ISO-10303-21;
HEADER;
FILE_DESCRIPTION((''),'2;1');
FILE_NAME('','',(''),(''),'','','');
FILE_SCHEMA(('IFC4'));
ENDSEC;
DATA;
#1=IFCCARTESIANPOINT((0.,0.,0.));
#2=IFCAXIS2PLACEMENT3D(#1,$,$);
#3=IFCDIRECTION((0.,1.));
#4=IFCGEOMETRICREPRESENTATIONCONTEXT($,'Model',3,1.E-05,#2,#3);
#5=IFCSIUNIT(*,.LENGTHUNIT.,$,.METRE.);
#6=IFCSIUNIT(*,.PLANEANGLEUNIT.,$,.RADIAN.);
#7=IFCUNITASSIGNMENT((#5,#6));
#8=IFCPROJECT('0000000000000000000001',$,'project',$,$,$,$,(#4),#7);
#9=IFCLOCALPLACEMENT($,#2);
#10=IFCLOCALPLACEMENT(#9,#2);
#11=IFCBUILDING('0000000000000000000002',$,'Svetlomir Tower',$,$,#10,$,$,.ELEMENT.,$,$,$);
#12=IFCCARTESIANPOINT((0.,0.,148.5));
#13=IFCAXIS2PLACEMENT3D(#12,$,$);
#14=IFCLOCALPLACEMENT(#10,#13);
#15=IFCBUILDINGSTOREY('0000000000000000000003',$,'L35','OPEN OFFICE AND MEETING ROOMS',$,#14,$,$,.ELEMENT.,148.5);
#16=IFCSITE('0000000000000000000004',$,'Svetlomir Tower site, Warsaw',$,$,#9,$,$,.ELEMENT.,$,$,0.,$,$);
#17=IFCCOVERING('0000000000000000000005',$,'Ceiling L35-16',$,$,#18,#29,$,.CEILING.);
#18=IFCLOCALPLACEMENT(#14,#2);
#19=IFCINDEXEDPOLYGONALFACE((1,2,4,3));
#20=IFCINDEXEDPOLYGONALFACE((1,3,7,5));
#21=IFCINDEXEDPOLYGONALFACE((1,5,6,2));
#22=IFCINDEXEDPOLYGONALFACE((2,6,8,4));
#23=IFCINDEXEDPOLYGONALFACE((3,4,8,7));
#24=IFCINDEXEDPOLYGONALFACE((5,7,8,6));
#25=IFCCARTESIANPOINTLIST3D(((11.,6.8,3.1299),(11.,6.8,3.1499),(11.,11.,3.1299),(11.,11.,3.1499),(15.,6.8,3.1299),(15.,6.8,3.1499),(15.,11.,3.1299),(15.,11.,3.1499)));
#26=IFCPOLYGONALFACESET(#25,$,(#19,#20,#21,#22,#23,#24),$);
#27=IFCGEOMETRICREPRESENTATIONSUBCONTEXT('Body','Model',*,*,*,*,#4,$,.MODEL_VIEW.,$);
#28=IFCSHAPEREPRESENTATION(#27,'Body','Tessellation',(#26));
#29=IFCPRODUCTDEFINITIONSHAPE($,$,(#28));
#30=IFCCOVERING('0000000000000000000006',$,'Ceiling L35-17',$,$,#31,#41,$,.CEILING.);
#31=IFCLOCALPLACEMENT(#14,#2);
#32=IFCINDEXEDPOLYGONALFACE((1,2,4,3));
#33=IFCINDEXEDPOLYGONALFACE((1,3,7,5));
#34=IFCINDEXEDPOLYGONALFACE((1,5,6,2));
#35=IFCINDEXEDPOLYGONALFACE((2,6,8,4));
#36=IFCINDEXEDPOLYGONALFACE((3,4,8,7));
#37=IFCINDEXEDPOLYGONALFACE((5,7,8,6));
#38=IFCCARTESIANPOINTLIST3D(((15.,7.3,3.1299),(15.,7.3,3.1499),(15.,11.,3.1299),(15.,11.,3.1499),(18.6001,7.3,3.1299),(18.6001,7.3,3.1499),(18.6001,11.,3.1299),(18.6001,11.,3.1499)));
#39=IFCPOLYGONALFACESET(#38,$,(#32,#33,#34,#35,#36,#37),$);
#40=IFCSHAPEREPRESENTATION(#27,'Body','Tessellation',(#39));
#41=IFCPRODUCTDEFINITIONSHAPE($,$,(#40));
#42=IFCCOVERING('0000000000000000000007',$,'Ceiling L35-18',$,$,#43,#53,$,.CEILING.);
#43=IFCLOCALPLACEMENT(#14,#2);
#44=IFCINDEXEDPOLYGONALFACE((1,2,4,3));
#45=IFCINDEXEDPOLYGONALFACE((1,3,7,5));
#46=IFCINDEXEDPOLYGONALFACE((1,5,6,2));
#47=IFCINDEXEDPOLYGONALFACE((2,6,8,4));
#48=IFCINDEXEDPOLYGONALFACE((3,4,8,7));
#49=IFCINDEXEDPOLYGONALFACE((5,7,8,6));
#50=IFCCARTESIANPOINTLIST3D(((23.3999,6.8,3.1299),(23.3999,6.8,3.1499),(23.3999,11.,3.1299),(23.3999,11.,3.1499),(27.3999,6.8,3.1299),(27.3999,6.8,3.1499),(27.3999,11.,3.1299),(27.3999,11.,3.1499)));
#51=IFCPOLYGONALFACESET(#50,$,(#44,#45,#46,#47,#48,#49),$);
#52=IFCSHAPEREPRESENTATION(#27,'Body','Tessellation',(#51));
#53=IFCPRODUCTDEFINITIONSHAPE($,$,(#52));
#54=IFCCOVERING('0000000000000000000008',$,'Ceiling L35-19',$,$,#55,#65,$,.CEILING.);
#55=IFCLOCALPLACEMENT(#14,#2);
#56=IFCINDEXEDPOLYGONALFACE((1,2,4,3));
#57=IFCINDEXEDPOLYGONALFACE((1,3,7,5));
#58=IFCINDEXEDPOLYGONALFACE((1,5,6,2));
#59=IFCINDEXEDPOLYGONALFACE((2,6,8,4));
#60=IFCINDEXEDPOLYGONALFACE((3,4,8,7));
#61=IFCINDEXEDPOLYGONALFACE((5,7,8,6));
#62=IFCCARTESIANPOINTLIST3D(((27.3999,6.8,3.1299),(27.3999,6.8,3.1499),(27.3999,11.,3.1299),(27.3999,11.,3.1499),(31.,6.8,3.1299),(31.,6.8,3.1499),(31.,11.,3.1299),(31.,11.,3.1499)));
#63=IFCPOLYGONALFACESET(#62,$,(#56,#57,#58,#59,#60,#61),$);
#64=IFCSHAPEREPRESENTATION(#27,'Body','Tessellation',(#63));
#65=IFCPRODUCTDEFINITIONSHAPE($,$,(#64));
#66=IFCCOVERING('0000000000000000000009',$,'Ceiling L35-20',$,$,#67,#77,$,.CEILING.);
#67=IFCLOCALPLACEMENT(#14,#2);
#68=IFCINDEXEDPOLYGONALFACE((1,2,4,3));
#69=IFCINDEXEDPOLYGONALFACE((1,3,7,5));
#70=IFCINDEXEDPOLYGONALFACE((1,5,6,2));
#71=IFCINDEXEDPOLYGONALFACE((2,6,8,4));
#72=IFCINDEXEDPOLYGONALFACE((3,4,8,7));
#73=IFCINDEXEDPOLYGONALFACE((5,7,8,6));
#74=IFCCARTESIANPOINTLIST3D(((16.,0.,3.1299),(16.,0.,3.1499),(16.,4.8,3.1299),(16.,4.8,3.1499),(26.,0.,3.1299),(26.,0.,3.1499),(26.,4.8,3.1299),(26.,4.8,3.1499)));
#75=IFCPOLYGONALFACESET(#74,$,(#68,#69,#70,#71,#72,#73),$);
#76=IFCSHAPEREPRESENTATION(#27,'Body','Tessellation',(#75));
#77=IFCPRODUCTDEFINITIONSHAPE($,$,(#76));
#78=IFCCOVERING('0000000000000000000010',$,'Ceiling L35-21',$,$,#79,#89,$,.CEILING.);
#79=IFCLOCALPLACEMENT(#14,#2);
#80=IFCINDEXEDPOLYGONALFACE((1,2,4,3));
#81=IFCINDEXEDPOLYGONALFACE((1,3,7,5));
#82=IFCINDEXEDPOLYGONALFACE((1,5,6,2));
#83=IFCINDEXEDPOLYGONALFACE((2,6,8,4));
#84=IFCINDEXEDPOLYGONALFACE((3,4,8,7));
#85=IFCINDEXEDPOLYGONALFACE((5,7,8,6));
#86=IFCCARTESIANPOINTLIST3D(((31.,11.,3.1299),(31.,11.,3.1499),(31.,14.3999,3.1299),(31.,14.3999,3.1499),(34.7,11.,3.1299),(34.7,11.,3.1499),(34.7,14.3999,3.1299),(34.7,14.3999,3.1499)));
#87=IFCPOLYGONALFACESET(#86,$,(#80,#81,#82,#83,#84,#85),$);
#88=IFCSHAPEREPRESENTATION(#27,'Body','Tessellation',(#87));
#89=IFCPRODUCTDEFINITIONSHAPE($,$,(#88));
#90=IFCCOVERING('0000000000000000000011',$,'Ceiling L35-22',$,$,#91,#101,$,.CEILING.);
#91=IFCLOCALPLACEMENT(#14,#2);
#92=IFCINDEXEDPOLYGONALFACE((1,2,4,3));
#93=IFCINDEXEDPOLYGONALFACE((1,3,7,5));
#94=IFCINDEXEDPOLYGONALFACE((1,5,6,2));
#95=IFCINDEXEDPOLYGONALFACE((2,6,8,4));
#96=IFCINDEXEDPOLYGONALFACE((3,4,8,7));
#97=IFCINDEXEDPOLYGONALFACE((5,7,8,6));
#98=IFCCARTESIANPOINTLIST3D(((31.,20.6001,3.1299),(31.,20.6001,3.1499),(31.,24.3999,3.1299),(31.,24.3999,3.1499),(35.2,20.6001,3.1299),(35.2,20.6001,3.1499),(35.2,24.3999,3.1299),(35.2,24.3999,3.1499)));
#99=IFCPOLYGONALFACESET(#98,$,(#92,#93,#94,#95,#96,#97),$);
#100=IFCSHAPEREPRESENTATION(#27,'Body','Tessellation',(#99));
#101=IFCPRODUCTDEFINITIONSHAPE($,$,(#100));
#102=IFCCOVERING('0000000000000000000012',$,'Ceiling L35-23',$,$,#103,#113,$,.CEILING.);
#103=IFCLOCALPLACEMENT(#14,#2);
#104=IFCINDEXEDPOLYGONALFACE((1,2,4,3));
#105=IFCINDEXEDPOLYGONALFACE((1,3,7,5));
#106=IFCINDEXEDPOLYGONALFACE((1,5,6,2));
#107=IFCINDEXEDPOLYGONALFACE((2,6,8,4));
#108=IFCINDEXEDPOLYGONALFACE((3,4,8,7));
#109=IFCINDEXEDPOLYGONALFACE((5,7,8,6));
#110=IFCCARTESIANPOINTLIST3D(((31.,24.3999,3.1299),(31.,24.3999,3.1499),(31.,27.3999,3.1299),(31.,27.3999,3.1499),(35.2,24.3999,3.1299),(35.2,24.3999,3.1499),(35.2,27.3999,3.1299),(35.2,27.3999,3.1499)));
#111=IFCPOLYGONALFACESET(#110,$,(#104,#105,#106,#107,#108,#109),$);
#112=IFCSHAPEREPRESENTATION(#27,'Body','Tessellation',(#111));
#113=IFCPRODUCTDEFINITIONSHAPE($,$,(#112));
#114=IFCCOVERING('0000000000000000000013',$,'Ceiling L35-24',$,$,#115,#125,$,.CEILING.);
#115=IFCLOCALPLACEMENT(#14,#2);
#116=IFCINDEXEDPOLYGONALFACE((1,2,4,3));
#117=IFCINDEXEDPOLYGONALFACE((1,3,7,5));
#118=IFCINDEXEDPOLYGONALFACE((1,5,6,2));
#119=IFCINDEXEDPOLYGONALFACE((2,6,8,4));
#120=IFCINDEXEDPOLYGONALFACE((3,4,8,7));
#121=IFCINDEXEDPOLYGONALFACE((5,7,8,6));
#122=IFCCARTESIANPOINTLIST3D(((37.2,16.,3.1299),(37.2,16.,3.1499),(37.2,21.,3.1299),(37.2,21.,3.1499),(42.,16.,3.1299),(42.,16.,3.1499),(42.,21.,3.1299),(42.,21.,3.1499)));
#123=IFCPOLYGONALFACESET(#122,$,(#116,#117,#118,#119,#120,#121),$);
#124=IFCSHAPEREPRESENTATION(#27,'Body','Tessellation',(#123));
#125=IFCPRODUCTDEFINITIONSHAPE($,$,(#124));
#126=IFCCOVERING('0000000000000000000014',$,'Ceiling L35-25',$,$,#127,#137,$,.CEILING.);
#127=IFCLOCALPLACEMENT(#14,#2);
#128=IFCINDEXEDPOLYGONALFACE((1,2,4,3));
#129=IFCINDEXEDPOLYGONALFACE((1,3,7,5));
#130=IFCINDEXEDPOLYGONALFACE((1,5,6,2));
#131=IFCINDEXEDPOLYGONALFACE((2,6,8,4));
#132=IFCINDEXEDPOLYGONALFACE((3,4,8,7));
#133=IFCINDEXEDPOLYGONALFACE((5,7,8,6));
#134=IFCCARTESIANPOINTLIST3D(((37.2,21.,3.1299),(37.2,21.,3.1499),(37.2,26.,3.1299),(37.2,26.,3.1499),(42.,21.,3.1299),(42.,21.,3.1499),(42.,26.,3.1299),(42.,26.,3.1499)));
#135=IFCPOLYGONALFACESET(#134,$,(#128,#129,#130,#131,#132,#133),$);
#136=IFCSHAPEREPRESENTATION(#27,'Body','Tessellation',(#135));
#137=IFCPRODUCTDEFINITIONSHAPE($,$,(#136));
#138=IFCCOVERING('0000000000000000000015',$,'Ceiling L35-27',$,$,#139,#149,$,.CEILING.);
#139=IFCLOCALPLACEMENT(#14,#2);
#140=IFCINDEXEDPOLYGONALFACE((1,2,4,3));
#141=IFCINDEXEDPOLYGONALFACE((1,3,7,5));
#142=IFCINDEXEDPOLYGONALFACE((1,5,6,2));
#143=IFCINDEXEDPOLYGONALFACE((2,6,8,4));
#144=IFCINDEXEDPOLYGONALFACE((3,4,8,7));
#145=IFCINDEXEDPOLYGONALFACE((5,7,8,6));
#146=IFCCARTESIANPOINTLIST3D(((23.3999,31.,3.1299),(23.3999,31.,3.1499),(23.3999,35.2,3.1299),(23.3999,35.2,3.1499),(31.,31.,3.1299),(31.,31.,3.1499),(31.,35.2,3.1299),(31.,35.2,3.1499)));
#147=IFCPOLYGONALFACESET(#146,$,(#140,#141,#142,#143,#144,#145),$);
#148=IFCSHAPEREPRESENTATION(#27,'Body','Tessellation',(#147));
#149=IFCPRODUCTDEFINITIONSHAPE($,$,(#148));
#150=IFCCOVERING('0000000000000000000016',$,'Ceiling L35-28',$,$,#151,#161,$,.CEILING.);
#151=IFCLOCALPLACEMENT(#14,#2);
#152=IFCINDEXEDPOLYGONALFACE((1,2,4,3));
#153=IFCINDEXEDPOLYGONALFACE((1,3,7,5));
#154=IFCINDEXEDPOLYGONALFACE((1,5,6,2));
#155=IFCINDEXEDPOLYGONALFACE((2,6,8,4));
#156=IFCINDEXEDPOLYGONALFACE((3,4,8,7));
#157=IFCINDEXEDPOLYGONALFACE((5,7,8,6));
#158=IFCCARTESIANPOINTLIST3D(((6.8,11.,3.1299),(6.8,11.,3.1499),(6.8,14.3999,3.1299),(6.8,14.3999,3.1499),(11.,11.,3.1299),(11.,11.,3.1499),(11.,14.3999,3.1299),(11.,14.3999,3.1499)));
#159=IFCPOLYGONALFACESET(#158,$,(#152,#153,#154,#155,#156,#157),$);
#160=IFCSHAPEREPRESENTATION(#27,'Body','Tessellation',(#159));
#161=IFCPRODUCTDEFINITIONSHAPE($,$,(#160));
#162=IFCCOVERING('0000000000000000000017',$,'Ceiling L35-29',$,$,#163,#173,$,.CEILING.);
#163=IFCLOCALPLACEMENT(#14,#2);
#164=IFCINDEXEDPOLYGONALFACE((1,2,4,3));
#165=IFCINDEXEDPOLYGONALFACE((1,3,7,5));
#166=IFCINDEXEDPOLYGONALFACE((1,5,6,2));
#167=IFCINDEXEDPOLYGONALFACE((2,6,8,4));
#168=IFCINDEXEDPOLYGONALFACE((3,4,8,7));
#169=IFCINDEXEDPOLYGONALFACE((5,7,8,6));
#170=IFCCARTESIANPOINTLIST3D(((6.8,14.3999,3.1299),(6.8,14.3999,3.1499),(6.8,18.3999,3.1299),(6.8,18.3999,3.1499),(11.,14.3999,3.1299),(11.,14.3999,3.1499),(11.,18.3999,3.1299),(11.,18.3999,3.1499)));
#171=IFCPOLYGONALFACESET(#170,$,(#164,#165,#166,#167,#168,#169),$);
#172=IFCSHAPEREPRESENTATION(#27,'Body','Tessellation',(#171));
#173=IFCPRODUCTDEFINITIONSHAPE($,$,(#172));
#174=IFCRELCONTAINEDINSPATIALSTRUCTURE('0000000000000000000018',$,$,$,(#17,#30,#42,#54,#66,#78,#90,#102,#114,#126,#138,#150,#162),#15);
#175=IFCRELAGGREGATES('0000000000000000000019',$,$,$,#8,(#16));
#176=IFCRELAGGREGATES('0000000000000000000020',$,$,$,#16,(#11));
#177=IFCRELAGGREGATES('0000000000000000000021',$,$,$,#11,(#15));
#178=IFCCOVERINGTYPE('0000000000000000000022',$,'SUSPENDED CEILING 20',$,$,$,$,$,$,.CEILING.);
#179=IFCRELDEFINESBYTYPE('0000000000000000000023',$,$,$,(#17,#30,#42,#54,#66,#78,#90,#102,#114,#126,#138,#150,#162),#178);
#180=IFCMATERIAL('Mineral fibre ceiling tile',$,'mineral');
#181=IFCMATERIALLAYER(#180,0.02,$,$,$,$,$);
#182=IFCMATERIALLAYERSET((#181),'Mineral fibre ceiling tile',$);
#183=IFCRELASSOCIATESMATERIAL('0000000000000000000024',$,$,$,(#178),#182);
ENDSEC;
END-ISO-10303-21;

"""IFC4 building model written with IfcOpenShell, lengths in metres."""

from ifc_helpers import new_model, si_unit, direction, frame, origin, place, context, subcontext, project, spatial, polyline, outline, extrude, material, layer, layer_set, type_object, element, save


model = new_model("IFC4")

# Units and contexts
model_context = context("Model", 3, precision=1e-05, world=origin(), true_north=direction((0.0, 1.0)))
body_context = subcontext(model_context, "Body", "Model", "MODEL_VIEW")
ifc_project = project(units=[si_unit("LENGTHUNIT", "METRE"), si_unit("PLANEANGLEUNIT", "RADIAN")], contexts=[model_context])

# Site, building, storey
site_placement = place(None, origin())
site = spatial("IfcSite", under=ifc_project, at=site_placement, Name="Svetlomir Tower site, Warsaw", CompositionType="ELEMENT", RefElevation=0.0)
building_placement = place(site_placement, origin())
building = spatial("IfcBuilding", under=site, at=building_placement, Name="Svetlomir Tower", CompositionType="ELEMENT")
storey_placement = place(building_placement, frame((0.0, 0.0, 148.5)))
storey = spatial("IfcBuildingStorey", under=building, at=storey_placement, Name="L35", Description="OPEN OFFICE AND MEETING ROOMS", CompositionType="ELEMENT", Elevation=148.5)

# Coverings
ifc_material_1 = material(Name="Mineral fibre ceiling tile", Category="mineral")
ifc_layer_1 = layer(ifc_material_1, 0.02)
ifc_layer_set_1 = layer_set([ifc_layer_1], Name="Mineral fibre ceiling tile")
covering_type_1 = type_object("IfcCoveringType", Name="SUSPENDED CEILING 20", PredefinedType="CEILING", material=ifc_layer_set_1)
covering_1_placement = place(storey_placement, frame((0.0, 0.0, 3.1299)))
element("IfcCovering", 1, at=covering_1_placement, inside=storey, type_object=covering_type_1, Name="Ceiling L35-16", PredefinedType="CEILING", context=body_context, shape_type="SweptSolid", body=[
    extrude(outline(polyline([(11.0, 6.8), (15.0, 6.8), (15.0, 11.0), (11.0, 11.0), (11.0, 6.8)])), origin(), (0.0, 0.0, 1.0), 0.02),
])
covering_2_placement = place(storey_placement, frame((0.0, 0.0, 3.1299)))
element("IfcCovering", 2, at=covering_2_placement, inside=storey, type_object=covering_type_1, Name="Ceiling L35-17", PredefinedType="CEILING", context=body_context, shape_type="SweptSolid", body=[
    extrude(outline(polyline([(15.0, 7.3), (18.6001, 7.3), (18.6001, 11.0), (15.0, 11.0), (15.0, 7.3)])), origin(), (0.0, 0.0, 1.0), 0.02),
])
covering_3_placement = place(storey_placement, frame((0.0, 0.0, 3.1299)))
element("IfcCovering", 3, at=covering_3_placement, inside=storey, type_object=covering_type_1, Name="Ceiling L35-18", PredefinedType="CEILING", context=body_context, shape_type="SweptSolid", body=[
    extrude(outline(polyline([(23.3999, 6.8), (27.3999, 6.8), (27.3999, 11.0), (23.3999, 11.0), (23.3999, 6.8)])), origin(), (0.0, 0.0, 1.0), 0.02),
])
covering_4_placement = place(storey_placement, frame((0.0, 0.0, 3.1299)))
element("IfcCovering", 4, at=covering_4_placement, inside=storey, type_object=covering_type_1, Name="Ceiling L35-19", PredefinedType="CEILING", context=body_context, shape_type="SweptSolid", body=[
    extrude(outline(polyline([(27.3999, 6.8), (31.0, 6.8), (31.0, 11.0), (27.3999, 11.0), (27.3999, 6.8)])), origin(), (0.0, 0.0, 1.0), 0.02),
])
covering_5_placement = place(storey_placement, frame((0.0, 0.0, 3.1299)))
element("IfcCovering", 5, at=covering_5_placement, inside=storey, type_object=covering_type_1, Name="Ceiling L35-20", PredefinedType="CEILING", context=body_context, shape_type="SweptSolid", body=[
    extrude(outline(polyline([(16.0, 0.0), (26.0, 0.0), (26.0, 4.8), (16.0, 4.8), (16.0, 0.0)])), origin(), (0.0, 0.0, 1.0), 0.02),
])
covering_6_placement = place(storey_placement, frame((0.0, 0.0, 3.1299)))
element("IfcCovering", 6, at=covering_6_placement, inside=storey, type_object=covering_type_1, Name="Ceiling L35-21", PredefinedType="CEILING", context=body_context, shape_type="SweptSolid", body=[
    extrude(outline(polyline([(31.0, 11.0), (34.7, 11.0), (34.7, 14.3999), (31.0, 14.3999), (31.0, 11.0)])), origin(), (0.0, 0.0, 1.0), 0.02),
])
covering_7_placement = place(storey_placement, frame((0.0, 0.0, 3.1299)))
element("IfcCovering", 7, at=covering_7_placement, inside=storey, type_object=covering_type_1, Name="Ceiling L35-22", PredefinedType="CEILING", context=body_context, shape_type="SweptSolid", body=[
    extrude(outline(polyline([(31.0, 20.6001), (35.2, 20.6001), (35.2, 24.3999), (31.0, 24.3999), (31.0, 20.6001)])), origin(), (0.0, 0.0, 1.0), 0.02),
])
covering_8_placement = place(storey_placement, frame((0.0, 0.0, 3.1299)))
element("IfcCovering", 8, at=covering_8_placement, inside=storey, type_object=covering_type_1, Name="Ceiling L35-23", PredefinedType="CEILING", context=body_context, shape_type="SweptSolid", body=[
    extrude(outline(polyline([(31.0, 24.3999), (35.2, 24.3999), (35.2, 27.3999), (31.0, 27.3999), (31.0, 24.3999)])), origin(), (0.0, 0.0, 1.0), 0.02),
])
covering_9_placement = place(storey_placement, frame((0.0, 0.0, 3.1299)))
element("IfcCovering", 9, at=covering_9_placement, inside=storey, type_object=covering_type_1, Name="Ceiling L35-24", PredefinedType="CEILING", context=body_context, shape_type="SweptSolid", body=[
    extrude(outline(polyline([(37.2, 16.0), (42.0, 16.0), (42.0, 21.0), (37.2, 21.0), (37.2, 16.0)])), origin(), (0.0, 0.0, 1.0), 0.02),
])
covering_10_placement = place(storey_placement, frame((0.0, 0.0, 3.1299)))
element("IfcCovering", 10, at=covering_10_placement, inside=storey, type_object=covering_type_1, Name="Ceiling L35-25", PredefinedType="CEILING", context=body_context, shape_type="SweptSolid", body=[
    extrude(outline(polyline([(37.2, 21.0), (42.0, 21.0), (42.0, 26.0), (37.2, 26.0), (37.2, 21.0)])), origin(), (0.0, 0.0, 1.0), 0.02),
])
covering_11_placement = place(storey_placement, frame((0.0, 0.0, 3.1299)))
element("IfcCovering", 11, at=covering_11_placement, inside=storey, type_object=covering_type_1, Name="Ceiling L35-27", PredefinedType="CEILING", context=body_context, shape_type="SweptSolid", body=[
    extrude(outline(polyline([(23.3999, 31.0), (31.0, 31.0), (31.0, 35.2), (23.3999, 35.2), (23.3999, 31.0)])), origin(), (0.0, 0.0, 1.0), 0.02),
])
covering_12_placement = place(storey_placement, frame((0.0, 0.0, 3.1299)))
element("IfcCovering", 12, at=covering_12_placement, inside=storey, type_object=covering_type_1, Name="Ceiling L35-28", PredefinedType="CEILING", context=body_context, shape_type="SweptSolid", body=[
    extrude(outline(polyline([(6.8, 11.0), (11.0, 11.0), (11.0, 14.3999), (6.8, 14.3999), (6.8, 11.0)])), origin(), (0.0, 0.0, 1.0), 0.02),
])
covering_13_placement = place(storey_placement, frame((0.0, 0.0, 3.1299)))
element("IfcCovering", 13, at=covering_13_placement, inside=storey, type_object=covering_type_1, Name="Ceiling L35-29", PredefinedType="CEILING", context=body_context, shape_type="SweptSolid", body=[
    extrude(outline(polyline([(6.8, 14.3999), (11.0, 14.3999), (11.0, 18.3999), (6.8, 18.3999), (6.8, 14.3999)])), origin(), (0.0, 0.0, 1.0), 0.02),
])

save(model, "model.ifc")
